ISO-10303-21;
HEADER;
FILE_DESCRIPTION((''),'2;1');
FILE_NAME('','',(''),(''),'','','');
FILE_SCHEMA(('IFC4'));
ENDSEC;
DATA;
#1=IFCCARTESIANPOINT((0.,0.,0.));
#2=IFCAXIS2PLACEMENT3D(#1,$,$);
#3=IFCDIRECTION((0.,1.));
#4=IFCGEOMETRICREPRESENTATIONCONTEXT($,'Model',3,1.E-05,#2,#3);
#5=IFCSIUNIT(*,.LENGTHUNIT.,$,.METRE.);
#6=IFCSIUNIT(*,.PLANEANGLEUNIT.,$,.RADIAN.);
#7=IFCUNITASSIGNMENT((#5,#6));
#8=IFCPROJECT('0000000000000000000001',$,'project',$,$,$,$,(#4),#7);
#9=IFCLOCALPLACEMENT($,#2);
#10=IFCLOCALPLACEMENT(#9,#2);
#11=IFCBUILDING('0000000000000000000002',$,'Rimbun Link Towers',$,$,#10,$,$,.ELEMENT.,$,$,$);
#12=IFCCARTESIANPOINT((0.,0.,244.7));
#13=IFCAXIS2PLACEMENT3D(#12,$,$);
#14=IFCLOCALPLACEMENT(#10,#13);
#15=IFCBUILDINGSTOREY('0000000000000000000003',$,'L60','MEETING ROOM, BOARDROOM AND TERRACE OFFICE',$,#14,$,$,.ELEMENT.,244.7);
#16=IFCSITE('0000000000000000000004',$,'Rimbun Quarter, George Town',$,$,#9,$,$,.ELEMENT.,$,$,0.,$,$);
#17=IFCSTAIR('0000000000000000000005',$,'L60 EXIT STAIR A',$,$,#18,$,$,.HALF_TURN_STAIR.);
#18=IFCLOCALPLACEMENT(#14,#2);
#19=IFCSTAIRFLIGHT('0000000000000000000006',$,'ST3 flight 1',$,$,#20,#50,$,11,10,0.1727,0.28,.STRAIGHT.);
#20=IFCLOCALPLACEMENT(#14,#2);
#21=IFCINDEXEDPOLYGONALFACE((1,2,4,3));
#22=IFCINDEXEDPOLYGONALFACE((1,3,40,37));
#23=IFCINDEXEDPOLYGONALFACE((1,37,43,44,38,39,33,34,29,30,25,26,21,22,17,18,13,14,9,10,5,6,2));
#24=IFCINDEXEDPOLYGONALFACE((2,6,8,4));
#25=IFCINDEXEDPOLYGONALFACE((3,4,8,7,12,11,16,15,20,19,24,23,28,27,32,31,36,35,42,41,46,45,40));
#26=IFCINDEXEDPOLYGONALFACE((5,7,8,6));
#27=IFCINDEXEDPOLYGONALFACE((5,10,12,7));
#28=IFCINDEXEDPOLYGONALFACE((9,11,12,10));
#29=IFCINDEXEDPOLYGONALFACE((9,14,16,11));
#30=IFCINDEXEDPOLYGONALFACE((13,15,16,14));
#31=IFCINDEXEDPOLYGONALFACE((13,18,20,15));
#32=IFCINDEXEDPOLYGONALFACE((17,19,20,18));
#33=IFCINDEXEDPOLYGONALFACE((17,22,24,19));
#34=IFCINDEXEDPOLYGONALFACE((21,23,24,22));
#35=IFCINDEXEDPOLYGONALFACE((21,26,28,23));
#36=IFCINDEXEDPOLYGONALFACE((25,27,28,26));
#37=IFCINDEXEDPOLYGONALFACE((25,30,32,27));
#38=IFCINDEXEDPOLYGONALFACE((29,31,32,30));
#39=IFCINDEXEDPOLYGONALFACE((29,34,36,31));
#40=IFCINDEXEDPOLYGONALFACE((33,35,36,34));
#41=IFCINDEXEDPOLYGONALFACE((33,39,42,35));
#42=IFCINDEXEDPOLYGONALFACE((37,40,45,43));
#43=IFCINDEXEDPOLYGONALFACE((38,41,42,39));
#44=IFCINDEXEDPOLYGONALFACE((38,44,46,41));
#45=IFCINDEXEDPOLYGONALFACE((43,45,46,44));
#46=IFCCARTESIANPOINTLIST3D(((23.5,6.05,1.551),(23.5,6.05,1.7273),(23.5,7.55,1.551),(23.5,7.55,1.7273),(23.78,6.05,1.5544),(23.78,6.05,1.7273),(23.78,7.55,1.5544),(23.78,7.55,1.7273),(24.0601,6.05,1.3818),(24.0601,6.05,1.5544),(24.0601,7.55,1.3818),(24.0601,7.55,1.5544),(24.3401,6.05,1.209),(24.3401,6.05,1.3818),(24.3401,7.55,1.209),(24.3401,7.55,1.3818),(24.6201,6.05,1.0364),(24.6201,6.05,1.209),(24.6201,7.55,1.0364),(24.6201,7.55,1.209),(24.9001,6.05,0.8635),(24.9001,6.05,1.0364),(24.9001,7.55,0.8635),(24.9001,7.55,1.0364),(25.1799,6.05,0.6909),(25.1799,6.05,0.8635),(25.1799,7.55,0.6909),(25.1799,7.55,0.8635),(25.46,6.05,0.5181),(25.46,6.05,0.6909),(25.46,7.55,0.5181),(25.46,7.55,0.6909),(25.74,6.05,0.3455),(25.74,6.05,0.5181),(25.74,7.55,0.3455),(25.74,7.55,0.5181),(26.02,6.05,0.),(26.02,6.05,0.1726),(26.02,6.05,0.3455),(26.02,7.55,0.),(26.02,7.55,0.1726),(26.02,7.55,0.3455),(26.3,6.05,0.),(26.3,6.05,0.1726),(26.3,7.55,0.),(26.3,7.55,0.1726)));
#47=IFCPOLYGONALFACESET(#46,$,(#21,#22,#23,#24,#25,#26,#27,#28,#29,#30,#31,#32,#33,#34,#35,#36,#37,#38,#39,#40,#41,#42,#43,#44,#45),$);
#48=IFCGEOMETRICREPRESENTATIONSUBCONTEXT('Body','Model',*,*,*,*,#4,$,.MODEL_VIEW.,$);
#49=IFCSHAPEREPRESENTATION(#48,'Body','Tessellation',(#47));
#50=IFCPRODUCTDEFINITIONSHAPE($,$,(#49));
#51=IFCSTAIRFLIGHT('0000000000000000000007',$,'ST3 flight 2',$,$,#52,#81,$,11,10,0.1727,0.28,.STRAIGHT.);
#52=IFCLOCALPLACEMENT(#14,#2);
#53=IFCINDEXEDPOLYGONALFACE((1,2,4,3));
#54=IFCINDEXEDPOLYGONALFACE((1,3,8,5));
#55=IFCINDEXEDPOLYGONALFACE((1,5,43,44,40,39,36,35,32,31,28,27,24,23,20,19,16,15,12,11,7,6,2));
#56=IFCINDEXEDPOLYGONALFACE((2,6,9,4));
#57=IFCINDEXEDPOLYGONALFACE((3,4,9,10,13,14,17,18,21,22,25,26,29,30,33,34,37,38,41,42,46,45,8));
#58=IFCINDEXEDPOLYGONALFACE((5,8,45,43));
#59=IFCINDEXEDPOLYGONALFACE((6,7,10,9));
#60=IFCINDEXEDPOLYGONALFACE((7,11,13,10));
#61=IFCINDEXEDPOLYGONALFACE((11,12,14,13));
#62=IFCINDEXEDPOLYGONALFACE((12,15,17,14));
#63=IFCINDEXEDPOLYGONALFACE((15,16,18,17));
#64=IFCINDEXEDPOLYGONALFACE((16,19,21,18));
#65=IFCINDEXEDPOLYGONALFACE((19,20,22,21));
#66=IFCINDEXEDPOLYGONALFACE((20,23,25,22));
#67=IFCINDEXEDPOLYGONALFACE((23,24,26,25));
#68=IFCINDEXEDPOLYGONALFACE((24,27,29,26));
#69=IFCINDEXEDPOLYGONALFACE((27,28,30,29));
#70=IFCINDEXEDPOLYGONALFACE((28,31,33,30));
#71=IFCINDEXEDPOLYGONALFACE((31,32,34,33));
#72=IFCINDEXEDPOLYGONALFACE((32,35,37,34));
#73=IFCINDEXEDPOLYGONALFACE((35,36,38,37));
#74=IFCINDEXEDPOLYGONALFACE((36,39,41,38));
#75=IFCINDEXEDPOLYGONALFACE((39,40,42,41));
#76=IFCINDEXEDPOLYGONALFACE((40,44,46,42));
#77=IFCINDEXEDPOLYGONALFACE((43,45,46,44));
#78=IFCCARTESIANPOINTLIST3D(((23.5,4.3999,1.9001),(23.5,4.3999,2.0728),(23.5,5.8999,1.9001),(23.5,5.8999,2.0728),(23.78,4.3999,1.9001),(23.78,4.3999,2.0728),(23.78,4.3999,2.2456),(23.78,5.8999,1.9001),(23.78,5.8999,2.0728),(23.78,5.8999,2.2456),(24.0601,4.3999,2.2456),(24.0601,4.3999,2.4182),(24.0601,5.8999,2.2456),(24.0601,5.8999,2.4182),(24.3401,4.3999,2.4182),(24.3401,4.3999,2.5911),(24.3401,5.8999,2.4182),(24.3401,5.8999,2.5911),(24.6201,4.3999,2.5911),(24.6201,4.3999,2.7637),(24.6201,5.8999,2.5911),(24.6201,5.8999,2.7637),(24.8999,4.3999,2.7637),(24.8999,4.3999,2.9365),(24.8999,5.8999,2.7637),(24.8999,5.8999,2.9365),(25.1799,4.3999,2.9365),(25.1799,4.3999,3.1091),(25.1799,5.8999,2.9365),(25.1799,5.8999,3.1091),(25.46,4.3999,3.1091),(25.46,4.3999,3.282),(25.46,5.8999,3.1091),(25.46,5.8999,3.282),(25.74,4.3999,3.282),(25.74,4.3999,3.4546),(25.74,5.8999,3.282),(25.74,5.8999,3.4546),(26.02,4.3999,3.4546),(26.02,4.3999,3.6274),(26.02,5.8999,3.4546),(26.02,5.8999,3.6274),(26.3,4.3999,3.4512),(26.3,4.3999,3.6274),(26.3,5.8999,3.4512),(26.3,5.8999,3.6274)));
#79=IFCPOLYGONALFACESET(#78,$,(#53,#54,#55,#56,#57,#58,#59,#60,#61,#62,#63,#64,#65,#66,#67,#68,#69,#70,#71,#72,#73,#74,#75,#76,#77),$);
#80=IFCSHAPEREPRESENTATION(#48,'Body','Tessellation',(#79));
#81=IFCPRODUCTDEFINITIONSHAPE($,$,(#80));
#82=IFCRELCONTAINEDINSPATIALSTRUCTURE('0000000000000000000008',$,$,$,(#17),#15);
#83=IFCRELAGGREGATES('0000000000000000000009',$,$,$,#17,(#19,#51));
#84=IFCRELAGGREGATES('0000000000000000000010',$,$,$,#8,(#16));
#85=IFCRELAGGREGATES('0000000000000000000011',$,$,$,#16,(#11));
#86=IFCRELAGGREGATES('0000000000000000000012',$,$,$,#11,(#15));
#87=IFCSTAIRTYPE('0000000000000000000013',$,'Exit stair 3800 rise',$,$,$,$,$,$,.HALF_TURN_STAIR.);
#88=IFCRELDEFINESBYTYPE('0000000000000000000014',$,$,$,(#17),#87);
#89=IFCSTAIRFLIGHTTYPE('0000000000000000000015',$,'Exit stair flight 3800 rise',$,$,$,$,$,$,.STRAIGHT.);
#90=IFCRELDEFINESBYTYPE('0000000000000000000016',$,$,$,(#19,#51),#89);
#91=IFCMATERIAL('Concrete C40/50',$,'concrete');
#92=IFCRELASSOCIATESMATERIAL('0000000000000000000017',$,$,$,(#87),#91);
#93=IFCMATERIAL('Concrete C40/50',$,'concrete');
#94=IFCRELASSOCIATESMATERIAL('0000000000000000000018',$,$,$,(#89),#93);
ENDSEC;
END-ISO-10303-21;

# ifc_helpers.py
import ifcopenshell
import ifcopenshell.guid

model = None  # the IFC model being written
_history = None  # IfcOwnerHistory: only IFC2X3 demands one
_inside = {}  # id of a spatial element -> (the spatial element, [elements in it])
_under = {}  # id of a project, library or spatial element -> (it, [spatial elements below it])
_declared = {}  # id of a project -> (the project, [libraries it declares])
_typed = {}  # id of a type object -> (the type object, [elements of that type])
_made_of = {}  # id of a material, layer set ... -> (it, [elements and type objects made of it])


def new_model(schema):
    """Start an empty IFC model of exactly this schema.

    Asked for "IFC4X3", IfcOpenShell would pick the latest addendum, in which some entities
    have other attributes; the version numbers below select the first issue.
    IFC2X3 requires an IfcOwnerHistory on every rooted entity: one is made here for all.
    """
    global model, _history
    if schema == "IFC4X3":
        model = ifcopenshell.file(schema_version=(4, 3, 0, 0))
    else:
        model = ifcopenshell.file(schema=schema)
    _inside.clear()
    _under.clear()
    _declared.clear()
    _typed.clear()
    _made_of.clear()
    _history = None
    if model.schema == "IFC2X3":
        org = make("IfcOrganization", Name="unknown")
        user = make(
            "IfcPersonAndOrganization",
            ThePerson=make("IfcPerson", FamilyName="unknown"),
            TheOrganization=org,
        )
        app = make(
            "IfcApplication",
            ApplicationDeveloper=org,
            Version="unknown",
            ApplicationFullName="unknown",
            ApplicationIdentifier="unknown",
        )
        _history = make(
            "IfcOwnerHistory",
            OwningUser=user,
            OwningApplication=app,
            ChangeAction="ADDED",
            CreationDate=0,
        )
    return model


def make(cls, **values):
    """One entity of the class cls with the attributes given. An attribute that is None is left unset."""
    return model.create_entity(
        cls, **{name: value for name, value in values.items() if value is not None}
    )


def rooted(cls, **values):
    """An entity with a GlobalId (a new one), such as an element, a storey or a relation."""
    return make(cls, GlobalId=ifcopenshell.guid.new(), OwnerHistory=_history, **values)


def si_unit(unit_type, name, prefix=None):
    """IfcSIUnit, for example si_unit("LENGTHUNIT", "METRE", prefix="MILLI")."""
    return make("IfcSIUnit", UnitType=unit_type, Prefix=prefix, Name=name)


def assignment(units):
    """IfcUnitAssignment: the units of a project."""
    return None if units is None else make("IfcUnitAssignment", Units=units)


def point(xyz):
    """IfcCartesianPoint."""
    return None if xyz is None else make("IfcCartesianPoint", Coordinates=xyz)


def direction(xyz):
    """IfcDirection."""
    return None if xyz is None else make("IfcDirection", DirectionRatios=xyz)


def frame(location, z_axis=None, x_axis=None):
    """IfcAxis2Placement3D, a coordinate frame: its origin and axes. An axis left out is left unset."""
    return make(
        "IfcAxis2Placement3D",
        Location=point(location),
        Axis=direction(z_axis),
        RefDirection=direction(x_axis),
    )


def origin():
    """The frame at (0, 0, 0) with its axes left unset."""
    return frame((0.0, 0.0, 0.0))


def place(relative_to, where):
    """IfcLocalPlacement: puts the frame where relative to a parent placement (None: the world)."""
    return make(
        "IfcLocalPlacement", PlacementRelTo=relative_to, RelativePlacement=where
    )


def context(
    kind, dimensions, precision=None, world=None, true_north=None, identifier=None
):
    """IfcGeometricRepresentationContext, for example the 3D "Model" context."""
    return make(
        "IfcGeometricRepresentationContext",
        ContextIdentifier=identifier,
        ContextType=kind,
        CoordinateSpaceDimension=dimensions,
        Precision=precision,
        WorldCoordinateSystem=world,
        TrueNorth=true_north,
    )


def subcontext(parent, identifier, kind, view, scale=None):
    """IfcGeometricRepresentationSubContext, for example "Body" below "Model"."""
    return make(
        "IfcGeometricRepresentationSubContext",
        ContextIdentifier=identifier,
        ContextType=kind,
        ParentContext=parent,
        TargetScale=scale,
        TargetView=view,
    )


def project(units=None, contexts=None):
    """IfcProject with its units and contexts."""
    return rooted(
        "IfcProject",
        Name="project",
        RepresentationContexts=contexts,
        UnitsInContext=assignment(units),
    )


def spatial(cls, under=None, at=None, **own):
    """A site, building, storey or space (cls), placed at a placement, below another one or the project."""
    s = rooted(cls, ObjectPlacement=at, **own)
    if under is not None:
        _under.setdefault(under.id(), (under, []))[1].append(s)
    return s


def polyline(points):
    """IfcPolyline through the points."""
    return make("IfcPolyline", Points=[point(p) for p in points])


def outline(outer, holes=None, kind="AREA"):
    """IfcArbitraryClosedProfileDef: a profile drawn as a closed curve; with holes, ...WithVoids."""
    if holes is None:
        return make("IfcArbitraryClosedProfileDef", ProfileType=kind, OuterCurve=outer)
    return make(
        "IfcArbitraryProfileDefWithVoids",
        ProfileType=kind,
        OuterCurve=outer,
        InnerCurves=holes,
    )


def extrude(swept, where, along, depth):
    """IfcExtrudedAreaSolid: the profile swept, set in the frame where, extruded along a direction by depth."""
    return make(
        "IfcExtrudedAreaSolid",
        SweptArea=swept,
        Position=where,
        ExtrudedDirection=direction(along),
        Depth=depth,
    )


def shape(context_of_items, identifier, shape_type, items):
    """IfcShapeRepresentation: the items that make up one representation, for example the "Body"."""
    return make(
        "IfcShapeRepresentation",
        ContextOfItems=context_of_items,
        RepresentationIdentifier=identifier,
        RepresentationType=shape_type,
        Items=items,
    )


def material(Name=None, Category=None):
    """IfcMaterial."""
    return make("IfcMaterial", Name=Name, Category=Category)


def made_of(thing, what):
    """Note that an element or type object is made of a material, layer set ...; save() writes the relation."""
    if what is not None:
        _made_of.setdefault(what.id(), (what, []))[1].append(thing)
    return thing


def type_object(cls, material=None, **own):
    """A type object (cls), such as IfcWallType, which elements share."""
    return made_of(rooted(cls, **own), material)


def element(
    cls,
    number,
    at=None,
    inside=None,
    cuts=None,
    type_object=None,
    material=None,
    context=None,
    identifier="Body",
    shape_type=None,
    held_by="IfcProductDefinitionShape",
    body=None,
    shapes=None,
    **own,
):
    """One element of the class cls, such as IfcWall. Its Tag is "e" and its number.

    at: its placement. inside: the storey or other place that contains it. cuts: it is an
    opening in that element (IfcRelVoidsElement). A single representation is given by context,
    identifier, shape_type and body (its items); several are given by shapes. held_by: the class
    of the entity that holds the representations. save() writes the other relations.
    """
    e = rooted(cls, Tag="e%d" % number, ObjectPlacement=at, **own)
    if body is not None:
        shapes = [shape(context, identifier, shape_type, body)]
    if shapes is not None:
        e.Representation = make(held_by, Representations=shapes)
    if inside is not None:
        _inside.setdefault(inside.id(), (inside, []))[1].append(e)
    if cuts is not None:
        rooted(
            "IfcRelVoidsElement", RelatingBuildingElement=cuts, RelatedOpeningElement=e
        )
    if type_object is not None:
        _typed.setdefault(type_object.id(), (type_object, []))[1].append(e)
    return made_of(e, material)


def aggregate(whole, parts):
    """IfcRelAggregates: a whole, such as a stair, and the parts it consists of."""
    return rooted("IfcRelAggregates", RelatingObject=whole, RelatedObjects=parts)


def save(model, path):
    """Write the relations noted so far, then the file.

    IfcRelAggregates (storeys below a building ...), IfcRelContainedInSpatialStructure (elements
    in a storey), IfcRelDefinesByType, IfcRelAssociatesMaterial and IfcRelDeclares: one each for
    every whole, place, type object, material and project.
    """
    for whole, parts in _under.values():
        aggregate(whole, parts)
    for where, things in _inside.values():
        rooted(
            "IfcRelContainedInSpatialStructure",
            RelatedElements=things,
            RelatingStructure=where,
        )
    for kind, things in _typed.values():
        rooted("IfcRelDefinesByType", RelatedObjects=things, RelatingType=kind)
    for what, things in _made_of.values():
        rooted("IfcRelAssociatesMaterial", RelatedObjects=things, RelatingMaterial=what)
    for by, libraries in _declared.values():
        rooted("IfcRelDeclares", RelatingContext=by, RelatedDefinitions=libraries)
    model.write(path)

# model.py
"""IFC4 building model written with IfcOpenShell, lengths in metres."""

from ifc_helpers import new_model, si_unit, direction, frame, origin, place, context, subcontext, project, spatial, polyline, outline, extrude, material, type_object, element, aggregate, save


model = new_model("IFC4")

# Units and contexts
model_context = context("Model", 3, precision=1e-05, world=origin(), true_north=direction((0.0, 1.0)))
body_context = subcontext(model_context, "Body", "Model", "MODEL_VIEW")
ifc_project = project(units=[si_unit("LENGTHUNIT", "METRE"), si_unit("PLANEANGLEUNIT", "RADIAN")], contexts=[model_context])

# Site, building, storey
site_placement = place(None, origin())
site = spatial("IfcSite", under=ifc_project, at=site_placement, Name="Rimbun Quarter, George Town", CompositionType="ELEMENT", RefElevation=0.0)
building_placement = place(site_placement, origin())
building = spatial("IfcBuilding", under=site, at=building_placement, Name="Rimbun Link Towers", CompositionType="ELEMENT")
storey_placement = place(building_placement, frame((0.0, 0.0, 244.7)))
storey = spatial("IfcBuildingStorey", under=building, at=storey_placement, Name="L60", Description="MEETING ROOM, BOARDROOM AND TERRACE OFFICE", CompositionType="ELEMENT", Elevation=244.7)

# Stair, stair flights
ifc_material_1 = material(Name="Concrete C40/50", Category="concrete")
stair_type = type_object("IfcStairType", Name="Exit stair 3800 rise", PredefinedType="HALF_TURN_STAIR", material=ifc_material_1)
stair_placement = place(storey_placement, origin())
stair = element("IfcStair", 1, at=stair_placement, inside=storey, type_object=stair_type, Name="L60 EXIT STAIR A", PredefinedType="HALF_TURN_STAIR")
ifc_material_2 = material(Name="Concrete C40/50", Category="concrete")
stair_flight_type = type_object("IfcStairFlightType", Name="Exit stair flight 3800 rise", PredefinedType="STRAIGHT", material=ifc_material_2)
stair_flight_1_placement = place(storey_placement, frame((26.3, 6.8, 0.0), z_axis=(0.0, 0.0, 1.0), x_axis=(-1.0, 0.0, 0.0)))
stair_flight_1 = element("IfcStairFlight", 2, at=stair_flight_1_placement, type_object=stair_flight_type, Name="ST3 flight 1", NumberOfRisers=11, NumberOfTreads=10, PredefinedType="STRAIGHT", RiserHeight=0.1727, TreadLength=0.28, context=body_context, shape_type="SweptSolid", body=[
    extrude(outline(polyline([(0.0, 0.0), (0.0, 0.1726), (0.28, 0.1726), (0.28, 0.3455), (0.5601, 0.3455), (0.5601, 0.5181), (0.8401, 0.5181), (0.8401, 0.6909), (1.1201, 0.6909), (1.1201, 0.8635), (1.3999, 0.8635), (1.3999, 1.0364), (1.6799, 1.0364), (1.6799, 1.209), (1.96, 1.209), (1.96, 1.3818), (2.24, 1.3818), (2.24, 1.5544), (2.52, 1.5544), (2.52, 1.7273), (2.8, 1.7273), (2.8, 1.8999), (2.8, 1.551), (0.28, 0.0), (0.0, 0.0)])), frame((0.0, 0.75, 0.0), z_axis=(0.0, -1.0, 0.0), x_axis=(1.0, 0.0, 0.0)), (0.0, 0.0, 1.0), 1.5),
])
stair_flight_2_placement = place(storey_placement, frame((23.5, 5.1499, 1.9001), z_axis=(0.0, 0.0, 1.0), x_axis=(1.0, 0.0, 0.0)))
stair_flight_2 = element("IfcStairFlight", 3, at=stair_flight_2_placement, type_object=stair_flight_type, Name="ST3 flight 2", NumberOfRisers=11, NumberOfTreads=10, PredefinedType="STRAIGHT", RiserHeight=0.1727, TreadLength=0.28, context=body_context, shape_type="SweptSolid", body=[
    extrude(outline(polyline([(0.0, 0.0), (0.0, 0.1726), (0.28, 0.1726), (0.28, 0.3455), (0.5601, 0.3455), (0.5601, 0.5181), (0.8401, 0.5181), (0.8401, 0.6909), (1.1201, 0.6909), (1.1201, 0.8635), (1.3999, 0.8635), (1.3999, 1.0364), (1.6799, 1.0364), (1.6799, 1.209), (1.96, 1.209), (1.96, 1.3818), (2.24, 1.3818), (2.24, 1.5544), (2.52, 1.5544), (2.52, 1.7273), (2.8, 1.7273), (2.8, 1.8999), (2.8, 1.551), (0.28, 0.0), (0.0, 0.0)])), frame((0.0, 0.75, 0.0), z_axis=(0.0, -1.0, 0.0), x_axis=(1.0, 0.0, 0.0)), (0.0, 0.0, 1.0), 1.5),
])
aggregate(stair, [stair_flight_1, stair_flight_2])

save(model, "model.ifc")
